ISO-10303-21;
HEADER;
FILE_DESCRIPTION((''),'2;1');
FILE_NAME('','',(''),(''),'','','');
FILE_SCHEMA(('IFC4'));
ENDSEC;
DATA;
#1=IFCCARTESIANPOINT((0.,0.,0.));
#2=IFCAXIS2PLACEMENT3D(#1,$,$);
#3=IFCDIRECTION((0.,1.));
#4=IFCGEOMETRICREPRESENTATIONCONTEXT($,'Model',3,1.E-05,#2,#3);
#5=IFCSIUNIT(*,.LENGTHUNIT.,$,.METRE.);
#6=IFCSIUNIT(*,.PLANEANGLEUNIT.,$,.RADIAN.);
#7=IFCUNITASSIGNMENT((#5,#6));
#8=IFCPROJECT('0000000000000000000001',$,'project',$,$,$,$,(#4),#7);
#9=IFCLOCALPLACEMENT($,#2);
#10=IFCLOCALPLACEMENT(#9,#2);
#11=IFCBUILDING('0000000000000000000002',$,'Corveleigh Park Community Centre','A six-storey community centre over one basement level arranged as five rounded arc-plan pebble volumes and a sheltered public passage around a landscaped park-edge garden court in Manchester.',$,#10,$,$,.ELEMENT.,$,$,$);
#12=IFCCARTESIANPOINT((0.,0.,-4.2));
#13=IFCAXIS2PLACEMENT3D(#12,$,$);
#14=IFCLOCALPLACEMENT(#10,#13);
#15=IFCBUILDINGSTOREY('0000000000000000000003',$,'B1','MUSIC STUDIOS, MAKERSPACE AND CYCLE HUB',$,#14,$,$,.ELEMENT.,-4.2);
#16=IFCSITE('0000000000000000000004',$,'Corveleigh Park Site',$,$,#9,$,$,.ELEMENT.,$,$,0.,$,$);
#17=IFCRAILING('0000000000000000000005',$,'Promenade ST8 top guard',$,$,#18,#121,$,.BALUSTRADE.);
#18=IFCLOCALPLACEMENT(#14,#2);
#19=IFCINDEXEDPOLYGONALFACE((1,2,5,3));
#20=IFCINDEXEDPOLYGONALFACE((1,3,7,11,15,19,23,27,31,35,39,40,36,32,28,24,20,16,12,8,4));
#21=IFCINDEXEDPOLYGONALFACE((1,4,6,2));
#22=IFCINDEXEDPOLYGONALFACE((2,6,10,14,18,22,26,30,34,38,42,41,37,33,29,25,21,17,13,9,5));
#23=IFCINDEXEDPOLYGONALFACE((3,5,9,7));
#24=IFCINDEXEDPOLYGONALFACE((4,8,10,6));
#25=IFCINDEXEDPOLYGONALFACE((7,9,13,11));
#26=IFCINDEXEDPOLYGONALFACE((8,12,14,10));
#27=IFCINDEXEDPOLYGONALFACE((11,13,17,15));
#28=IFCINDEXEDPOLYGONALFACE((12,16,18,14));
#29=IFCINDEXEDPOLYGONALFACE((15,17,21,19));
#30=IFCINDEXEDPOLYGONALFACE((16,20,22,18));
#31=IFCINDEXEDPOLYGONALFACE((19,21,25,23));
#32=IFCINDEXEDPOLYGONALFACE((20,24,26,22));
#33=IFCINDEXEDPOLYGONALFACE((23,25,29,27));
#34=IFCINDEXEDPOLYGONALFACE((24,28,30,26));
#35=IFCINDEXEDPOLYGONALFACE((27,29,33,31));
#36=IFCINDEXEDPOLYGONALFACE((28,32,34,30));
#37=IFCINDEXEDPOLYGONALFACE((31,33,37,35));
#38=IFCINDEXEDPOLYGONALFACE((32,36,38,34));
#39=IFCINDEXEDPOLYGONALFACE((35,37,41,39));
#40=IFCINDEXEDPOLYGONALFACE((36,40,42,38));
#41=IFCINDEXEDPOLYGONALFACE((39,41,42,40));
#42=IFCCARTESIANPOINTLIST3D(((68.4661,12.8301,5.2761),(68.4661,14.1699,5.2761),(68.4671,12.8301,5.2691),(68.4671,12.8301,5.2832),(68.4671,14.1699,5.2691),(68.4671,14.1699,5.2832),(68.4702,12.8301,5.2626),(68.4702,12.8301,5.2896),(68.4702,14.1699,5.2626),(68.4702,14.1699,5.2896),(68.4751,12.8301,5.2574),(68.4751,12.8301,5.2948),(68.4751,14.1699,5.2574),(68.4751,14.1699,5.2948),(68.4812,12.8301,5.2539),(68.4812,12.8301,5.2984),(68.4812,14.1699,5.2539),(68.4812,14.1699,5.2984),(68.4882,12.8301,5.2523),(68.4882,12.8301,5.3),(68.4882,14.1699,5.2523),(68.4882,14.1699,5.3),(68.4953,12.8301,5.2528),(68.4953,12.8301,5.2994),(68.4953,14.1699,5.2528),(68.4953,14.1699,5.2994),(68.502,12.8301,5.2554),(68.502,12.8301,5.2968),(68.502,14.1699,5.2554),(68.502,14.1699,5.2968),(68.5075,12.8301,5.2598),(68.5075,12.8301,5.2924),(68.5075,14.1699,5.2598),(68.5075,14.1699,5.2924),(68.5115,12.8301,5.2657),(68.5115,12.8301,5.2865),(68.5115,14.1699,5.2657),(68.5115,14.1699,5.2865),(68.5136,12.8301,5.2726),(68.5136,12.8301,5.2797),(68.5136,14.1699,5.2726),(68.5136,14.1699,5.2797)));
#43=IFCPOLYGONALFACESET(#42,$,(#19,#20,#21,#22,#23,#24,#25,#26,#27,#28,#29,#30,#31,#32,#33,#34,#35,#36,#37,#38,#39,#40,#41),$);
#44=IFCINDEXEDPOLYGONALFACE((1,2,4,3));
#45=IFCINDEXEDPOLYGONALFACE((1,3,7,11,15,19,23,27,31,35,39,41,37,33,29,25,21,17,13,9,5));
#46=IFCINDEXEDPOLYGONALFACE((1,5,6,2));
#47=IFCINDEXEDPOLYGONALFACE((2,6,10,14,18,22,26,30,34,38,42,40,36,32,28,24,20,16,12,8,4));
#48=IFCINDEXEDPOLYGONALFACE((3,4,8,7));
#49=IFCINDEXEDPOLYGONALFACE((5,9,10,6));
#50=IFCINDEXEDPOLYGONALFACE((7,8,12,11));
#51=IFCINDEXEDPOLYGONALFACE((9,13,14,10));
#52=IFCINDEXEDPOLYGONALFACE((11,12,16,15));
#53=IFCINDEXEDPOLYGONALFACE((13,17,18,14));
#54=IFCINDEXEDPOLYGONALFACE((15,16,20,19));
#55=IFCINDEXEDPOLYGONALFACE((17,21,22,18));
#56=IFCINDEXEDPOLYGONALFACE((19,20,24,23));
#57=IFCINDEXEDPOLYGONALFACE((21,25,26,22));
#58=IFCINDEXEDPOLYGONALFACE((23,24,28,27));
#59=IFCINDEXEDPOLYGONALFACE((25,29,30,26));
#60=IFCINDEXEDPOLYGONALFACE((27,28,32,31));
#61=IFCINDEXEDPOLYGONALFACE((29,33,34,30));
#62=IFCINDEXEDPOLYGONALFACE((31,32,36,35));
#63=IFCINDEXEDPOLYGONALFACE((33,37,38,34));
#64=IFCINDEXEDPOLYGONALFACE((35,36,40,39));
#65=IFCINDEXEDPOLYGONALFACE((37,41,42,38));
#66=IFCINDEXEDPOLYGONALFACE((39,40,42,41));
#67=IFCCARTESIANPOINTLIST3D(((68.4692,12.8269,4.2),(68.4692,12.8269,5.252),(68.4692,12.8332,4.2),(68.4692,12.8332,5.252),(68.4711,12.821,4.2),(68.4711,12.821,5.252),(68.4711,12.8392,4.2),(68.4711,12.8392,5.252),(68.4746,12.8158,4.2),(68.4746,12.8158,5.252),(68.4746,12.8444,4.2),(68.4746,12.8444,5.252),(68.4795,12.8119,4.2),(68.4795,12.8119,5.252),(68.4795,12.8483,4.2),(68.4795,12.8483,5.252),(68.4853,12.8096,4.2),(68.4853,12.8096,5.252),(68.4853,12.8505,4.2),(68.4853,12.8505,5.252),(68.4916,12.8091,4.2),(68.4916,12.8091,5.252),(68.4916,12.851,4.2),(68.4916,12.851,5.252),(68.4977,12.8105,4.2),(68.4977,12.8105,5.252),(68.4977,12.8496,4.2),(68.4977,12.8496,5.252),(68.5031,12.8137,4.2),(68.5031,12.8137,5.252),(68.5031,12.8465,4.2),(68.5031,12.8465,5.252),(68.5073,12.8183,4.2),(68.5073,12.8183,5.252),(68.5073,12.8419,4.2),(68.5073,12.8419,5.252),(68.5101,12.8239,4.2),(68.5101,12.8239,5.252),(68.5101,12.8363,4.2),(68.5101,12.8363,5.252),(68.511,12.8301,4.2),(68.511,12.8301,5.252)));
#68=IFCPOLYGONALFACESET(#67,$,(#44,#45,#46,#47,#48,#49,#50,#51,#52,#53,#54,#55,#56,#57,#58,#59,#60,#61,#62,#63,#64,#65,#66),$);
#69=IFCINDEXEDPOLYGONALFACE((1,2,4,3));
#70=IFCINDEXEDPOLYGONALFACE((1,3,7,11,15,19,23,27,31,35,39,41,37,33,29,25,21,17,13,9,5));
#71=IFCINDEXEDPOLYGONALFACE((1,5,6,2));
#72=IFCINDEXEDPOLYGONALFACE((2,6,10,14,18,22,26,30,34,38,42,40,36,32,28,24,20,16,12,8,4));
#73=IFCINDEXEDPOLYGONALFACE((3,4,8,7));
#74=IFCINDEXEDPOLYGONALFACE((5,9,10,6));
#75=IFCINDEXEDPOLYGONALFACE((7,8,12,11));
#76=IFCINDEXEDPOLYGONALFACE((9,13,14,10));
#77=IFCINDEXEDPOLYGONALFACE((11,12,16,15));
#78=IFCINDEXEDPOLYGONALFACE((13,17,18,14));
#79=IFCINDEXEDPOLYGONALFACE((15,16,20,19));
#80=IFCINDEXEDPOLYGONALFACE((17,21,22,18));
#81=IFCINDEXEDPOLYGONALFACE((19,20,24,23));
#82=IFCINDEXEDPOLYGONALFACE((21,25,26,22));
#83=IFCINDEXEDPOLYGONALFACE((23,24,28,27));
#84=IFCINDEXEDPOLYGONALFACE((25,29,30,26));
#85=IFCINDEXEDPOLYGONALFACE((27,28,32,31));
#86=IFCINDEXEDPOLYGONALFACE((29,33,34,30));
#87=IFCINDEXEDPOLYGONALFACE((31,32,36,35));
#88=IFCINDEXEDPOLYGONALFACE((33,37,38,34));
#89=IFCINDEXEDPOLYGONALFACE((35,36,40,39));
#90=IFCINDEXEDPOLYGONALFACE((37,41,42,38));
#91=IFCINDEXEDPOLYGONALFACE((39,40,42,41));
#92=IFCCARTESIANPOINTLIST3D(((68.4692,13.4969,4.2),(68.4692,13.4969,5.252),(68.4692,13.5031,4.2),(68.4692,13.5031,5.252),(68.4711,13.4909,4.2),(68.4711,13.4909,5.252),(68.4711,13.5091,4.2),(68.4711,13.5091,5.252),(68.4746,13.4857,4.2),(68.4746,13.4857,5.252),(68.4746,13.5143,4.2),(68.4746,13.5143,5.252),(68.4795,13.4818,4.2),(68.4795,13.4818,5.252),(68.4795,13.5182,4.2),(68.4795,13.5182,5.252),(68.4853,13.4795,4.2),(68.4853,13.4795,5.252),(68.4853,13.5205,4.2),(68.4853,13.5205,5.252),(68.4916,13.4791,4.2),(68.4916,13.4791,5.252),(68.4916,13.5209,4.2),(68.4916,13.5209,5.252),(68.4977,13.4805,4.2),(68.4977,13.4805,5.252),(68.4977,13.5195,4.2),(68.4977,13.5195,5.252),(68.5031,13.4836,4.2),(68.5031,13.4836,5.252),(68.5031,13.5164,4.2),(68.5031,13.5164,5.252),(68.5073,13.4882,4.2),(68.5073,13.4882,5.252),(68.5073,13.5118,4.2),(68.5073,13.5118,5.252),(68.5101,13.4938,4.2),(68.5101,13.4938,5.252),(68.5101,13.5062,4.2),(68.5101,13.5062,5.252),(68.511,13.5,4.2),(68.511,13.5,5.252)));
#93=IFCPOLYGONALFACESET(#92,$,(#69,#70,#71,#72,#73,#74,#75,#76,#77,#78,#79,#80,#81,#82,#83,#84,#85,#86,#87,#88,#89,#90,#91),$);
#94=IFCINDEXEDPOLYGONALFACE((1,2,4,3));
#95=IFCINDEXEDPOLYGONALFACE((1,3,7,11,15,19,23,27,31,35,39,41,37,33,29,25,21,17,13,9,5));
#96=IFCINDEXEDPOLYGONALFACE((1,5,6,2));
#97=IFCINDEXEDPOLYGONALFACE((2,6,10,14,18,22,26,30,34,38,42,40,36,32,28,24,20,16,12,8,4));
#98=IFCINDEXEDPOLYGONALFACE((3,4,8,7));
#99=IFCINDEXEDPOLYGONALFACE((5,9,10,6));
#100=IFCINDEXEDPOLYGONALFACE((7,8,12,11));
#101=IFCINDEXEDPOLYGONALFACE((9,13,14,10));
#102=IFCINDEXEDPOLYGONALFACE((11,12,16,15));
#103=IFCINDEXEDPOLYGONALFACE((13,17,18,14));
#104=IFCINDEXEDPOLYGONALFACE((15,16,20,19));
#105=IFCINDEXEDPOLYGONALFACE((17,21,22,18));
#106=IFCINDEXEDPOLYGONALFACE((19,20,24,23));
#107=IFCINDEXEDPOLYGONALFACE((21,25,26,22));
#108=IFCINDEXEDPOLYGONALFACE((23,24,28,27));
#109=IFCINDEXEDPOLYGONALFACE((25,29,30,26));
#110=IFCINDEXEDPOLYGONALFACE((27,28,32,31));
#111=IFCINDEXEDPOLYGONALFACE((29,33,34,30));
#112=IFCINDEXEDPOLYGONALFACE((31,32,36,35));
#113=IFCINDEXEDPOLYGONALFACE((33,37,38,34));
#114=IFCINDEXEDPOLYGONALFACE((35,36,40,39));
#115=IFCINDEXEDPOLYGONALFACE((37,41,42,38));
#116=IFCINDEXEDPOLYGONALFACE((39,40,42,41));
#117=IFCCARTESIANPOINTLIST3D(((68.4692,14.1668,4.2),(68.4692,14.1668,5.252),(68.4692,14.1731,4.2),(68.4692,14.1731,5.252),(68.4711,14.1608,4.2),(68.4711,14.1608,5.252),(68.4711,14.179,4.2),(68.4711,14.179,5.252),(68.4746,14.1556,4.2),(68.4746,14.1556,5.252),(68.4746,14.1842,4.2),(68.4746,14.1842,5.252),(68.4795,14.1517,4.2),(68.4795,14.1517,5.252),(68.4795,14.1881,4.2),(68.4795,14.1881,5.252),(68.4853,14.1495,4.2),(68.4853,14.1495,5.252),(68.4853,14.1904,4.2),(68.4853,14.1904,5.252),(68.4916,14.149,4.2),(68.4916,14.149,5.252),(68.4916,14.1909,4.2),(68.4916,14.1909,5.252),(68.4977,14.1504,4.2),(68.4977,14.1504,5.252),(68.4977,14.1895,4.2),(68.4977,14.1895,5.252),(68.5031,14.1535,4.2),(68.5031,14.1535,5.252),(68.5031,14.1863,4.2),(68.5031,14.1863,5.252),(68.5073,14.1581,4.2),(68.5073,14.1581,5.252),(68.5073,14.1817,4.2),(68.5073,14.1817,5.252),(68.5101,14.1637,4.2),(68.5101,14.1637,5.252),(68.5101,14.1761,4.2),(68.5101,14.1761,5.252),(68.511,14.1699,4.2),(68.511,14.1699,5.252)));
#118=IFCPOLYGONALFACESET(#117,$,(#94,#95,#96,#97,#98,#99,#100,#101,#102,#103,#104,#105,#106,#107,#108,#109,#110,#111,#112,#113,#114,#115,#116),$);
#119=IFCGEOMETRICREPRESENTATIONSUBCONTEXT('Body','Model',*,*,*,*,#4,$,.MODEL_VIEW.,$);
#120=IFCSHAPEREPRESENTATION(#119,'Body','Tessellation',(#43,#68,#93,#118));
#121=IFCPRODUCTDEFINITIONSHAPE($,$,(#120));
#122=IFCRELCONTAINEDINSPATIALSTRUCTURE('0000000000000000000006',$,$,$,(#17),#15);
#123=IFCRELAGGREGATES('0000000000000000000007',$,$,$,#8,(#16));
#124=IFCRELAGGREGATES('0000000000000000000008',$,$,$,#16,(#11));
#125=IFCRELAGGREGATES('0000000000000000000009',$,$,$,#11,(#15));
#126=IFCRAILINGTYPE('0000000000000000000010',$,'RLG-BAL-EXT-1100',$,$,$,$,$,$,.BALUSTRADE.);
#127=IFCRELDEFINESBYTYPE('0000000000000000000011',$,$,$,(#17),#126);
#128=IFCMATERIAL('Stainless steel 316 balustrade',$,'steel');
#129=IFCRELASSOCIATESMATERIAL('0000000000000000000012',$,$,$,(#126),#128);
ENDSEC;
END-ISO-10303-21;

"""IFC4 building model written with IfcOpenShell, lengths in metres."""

from ifc_helpers import new_model, si_unit, direction, frame, origin, origin_2d, place, context, subcontext, project, spatial, circle, extrude, material, type_object, element, save


model = new_model("IFC4")

# Units and contexts
model_context = context("Model", 3, precision=1e-05, world=origin(), true_north=direction((0.0, 1.0)))
body_context = subcontext(model_context, "Body", "Model", "MODEL_VIEW")
ifc_project = project(units=[si_unit("LENGTHUNIT", "METRE"), si_unit("PLANEANGLEUNIT", "RADIAN")], contexts=[model_context])

# Site, building, storey
site_placement = place(None, origin())
site = spatial("IfcSite", under=ifc_project, at=site_placement, Name="Corveleigh Park Site", CompositionType="ELEMENT", RefElevation=0.0)
building_placement = place(site_placement, origin())
building = spatial("IfcBuilding", under=site, at=building_placement, Name="Corveleigh Park Community Centre", Description="A six-storey community centre over one basement level arranged as five rounded arc-plan pebble volumes and a sheltered public passage around a landscaped park-edge garden court in Manchester.", CompositionType="ELEMENT")
storey_placement = place(building_placement, frame((0.0, 0.0, -4.2)))
storey = spatial("IfcBuildingStorey", under=building, at=storey_placement, Name="B1", Description="MUSIC STUDIOS, MAKERSPACE AND CYCLE HUB", CompositionType="ELEMENT", Elevation=-4.2)

# Railing
ifc_material_1 = material(Name="Stainless steel 316 balustrade", Category="steel")
railing_type = type_object("IfcRailingType", Name="RLG-BAL-EXT-1100", PredefinedType="BALUSTRADE", material=ifc_material_1)
for number, where, name in (
    (1, (68.49, 12.8301, 4.2), "Promenade ST8 top guard"),
):
    element("IfcRailing", number, at=place(storey_placement, frame(where)), inside=storey, type_object=railing_type, Name=name, PredefinedType="BALUSTRADE", context=body_context, shape_type="SweptSolid", body=[
        extrude(circle(Radius=0.0239, at=origin_2d()), frame((0.0, 0.0, 1.0762), z_axis=(0.0, 1.0, 0.0), x_axis=(-1.0, 0.0, 0.0)), (0.0, 0.0, 1.0), 1.3398),
        extrude(circle(Radius=0.021, at=origin_2d()), origin(), (0.0, 0.0, 1.0), 1.052),
        extrude(circle(Radius=0.021, at=origin_2d()), frame((0.0, 0.6699, 0.0)), (0.0, 0.0, 1.0), 1.052),
        extrude(circle(Radius=0.021, at=origin_2d()), frame((0.0, 1.3398, 0.0)), (0.0, 0.0, 1.0), 1.052),
    ])

save(model, "model.ifc")
